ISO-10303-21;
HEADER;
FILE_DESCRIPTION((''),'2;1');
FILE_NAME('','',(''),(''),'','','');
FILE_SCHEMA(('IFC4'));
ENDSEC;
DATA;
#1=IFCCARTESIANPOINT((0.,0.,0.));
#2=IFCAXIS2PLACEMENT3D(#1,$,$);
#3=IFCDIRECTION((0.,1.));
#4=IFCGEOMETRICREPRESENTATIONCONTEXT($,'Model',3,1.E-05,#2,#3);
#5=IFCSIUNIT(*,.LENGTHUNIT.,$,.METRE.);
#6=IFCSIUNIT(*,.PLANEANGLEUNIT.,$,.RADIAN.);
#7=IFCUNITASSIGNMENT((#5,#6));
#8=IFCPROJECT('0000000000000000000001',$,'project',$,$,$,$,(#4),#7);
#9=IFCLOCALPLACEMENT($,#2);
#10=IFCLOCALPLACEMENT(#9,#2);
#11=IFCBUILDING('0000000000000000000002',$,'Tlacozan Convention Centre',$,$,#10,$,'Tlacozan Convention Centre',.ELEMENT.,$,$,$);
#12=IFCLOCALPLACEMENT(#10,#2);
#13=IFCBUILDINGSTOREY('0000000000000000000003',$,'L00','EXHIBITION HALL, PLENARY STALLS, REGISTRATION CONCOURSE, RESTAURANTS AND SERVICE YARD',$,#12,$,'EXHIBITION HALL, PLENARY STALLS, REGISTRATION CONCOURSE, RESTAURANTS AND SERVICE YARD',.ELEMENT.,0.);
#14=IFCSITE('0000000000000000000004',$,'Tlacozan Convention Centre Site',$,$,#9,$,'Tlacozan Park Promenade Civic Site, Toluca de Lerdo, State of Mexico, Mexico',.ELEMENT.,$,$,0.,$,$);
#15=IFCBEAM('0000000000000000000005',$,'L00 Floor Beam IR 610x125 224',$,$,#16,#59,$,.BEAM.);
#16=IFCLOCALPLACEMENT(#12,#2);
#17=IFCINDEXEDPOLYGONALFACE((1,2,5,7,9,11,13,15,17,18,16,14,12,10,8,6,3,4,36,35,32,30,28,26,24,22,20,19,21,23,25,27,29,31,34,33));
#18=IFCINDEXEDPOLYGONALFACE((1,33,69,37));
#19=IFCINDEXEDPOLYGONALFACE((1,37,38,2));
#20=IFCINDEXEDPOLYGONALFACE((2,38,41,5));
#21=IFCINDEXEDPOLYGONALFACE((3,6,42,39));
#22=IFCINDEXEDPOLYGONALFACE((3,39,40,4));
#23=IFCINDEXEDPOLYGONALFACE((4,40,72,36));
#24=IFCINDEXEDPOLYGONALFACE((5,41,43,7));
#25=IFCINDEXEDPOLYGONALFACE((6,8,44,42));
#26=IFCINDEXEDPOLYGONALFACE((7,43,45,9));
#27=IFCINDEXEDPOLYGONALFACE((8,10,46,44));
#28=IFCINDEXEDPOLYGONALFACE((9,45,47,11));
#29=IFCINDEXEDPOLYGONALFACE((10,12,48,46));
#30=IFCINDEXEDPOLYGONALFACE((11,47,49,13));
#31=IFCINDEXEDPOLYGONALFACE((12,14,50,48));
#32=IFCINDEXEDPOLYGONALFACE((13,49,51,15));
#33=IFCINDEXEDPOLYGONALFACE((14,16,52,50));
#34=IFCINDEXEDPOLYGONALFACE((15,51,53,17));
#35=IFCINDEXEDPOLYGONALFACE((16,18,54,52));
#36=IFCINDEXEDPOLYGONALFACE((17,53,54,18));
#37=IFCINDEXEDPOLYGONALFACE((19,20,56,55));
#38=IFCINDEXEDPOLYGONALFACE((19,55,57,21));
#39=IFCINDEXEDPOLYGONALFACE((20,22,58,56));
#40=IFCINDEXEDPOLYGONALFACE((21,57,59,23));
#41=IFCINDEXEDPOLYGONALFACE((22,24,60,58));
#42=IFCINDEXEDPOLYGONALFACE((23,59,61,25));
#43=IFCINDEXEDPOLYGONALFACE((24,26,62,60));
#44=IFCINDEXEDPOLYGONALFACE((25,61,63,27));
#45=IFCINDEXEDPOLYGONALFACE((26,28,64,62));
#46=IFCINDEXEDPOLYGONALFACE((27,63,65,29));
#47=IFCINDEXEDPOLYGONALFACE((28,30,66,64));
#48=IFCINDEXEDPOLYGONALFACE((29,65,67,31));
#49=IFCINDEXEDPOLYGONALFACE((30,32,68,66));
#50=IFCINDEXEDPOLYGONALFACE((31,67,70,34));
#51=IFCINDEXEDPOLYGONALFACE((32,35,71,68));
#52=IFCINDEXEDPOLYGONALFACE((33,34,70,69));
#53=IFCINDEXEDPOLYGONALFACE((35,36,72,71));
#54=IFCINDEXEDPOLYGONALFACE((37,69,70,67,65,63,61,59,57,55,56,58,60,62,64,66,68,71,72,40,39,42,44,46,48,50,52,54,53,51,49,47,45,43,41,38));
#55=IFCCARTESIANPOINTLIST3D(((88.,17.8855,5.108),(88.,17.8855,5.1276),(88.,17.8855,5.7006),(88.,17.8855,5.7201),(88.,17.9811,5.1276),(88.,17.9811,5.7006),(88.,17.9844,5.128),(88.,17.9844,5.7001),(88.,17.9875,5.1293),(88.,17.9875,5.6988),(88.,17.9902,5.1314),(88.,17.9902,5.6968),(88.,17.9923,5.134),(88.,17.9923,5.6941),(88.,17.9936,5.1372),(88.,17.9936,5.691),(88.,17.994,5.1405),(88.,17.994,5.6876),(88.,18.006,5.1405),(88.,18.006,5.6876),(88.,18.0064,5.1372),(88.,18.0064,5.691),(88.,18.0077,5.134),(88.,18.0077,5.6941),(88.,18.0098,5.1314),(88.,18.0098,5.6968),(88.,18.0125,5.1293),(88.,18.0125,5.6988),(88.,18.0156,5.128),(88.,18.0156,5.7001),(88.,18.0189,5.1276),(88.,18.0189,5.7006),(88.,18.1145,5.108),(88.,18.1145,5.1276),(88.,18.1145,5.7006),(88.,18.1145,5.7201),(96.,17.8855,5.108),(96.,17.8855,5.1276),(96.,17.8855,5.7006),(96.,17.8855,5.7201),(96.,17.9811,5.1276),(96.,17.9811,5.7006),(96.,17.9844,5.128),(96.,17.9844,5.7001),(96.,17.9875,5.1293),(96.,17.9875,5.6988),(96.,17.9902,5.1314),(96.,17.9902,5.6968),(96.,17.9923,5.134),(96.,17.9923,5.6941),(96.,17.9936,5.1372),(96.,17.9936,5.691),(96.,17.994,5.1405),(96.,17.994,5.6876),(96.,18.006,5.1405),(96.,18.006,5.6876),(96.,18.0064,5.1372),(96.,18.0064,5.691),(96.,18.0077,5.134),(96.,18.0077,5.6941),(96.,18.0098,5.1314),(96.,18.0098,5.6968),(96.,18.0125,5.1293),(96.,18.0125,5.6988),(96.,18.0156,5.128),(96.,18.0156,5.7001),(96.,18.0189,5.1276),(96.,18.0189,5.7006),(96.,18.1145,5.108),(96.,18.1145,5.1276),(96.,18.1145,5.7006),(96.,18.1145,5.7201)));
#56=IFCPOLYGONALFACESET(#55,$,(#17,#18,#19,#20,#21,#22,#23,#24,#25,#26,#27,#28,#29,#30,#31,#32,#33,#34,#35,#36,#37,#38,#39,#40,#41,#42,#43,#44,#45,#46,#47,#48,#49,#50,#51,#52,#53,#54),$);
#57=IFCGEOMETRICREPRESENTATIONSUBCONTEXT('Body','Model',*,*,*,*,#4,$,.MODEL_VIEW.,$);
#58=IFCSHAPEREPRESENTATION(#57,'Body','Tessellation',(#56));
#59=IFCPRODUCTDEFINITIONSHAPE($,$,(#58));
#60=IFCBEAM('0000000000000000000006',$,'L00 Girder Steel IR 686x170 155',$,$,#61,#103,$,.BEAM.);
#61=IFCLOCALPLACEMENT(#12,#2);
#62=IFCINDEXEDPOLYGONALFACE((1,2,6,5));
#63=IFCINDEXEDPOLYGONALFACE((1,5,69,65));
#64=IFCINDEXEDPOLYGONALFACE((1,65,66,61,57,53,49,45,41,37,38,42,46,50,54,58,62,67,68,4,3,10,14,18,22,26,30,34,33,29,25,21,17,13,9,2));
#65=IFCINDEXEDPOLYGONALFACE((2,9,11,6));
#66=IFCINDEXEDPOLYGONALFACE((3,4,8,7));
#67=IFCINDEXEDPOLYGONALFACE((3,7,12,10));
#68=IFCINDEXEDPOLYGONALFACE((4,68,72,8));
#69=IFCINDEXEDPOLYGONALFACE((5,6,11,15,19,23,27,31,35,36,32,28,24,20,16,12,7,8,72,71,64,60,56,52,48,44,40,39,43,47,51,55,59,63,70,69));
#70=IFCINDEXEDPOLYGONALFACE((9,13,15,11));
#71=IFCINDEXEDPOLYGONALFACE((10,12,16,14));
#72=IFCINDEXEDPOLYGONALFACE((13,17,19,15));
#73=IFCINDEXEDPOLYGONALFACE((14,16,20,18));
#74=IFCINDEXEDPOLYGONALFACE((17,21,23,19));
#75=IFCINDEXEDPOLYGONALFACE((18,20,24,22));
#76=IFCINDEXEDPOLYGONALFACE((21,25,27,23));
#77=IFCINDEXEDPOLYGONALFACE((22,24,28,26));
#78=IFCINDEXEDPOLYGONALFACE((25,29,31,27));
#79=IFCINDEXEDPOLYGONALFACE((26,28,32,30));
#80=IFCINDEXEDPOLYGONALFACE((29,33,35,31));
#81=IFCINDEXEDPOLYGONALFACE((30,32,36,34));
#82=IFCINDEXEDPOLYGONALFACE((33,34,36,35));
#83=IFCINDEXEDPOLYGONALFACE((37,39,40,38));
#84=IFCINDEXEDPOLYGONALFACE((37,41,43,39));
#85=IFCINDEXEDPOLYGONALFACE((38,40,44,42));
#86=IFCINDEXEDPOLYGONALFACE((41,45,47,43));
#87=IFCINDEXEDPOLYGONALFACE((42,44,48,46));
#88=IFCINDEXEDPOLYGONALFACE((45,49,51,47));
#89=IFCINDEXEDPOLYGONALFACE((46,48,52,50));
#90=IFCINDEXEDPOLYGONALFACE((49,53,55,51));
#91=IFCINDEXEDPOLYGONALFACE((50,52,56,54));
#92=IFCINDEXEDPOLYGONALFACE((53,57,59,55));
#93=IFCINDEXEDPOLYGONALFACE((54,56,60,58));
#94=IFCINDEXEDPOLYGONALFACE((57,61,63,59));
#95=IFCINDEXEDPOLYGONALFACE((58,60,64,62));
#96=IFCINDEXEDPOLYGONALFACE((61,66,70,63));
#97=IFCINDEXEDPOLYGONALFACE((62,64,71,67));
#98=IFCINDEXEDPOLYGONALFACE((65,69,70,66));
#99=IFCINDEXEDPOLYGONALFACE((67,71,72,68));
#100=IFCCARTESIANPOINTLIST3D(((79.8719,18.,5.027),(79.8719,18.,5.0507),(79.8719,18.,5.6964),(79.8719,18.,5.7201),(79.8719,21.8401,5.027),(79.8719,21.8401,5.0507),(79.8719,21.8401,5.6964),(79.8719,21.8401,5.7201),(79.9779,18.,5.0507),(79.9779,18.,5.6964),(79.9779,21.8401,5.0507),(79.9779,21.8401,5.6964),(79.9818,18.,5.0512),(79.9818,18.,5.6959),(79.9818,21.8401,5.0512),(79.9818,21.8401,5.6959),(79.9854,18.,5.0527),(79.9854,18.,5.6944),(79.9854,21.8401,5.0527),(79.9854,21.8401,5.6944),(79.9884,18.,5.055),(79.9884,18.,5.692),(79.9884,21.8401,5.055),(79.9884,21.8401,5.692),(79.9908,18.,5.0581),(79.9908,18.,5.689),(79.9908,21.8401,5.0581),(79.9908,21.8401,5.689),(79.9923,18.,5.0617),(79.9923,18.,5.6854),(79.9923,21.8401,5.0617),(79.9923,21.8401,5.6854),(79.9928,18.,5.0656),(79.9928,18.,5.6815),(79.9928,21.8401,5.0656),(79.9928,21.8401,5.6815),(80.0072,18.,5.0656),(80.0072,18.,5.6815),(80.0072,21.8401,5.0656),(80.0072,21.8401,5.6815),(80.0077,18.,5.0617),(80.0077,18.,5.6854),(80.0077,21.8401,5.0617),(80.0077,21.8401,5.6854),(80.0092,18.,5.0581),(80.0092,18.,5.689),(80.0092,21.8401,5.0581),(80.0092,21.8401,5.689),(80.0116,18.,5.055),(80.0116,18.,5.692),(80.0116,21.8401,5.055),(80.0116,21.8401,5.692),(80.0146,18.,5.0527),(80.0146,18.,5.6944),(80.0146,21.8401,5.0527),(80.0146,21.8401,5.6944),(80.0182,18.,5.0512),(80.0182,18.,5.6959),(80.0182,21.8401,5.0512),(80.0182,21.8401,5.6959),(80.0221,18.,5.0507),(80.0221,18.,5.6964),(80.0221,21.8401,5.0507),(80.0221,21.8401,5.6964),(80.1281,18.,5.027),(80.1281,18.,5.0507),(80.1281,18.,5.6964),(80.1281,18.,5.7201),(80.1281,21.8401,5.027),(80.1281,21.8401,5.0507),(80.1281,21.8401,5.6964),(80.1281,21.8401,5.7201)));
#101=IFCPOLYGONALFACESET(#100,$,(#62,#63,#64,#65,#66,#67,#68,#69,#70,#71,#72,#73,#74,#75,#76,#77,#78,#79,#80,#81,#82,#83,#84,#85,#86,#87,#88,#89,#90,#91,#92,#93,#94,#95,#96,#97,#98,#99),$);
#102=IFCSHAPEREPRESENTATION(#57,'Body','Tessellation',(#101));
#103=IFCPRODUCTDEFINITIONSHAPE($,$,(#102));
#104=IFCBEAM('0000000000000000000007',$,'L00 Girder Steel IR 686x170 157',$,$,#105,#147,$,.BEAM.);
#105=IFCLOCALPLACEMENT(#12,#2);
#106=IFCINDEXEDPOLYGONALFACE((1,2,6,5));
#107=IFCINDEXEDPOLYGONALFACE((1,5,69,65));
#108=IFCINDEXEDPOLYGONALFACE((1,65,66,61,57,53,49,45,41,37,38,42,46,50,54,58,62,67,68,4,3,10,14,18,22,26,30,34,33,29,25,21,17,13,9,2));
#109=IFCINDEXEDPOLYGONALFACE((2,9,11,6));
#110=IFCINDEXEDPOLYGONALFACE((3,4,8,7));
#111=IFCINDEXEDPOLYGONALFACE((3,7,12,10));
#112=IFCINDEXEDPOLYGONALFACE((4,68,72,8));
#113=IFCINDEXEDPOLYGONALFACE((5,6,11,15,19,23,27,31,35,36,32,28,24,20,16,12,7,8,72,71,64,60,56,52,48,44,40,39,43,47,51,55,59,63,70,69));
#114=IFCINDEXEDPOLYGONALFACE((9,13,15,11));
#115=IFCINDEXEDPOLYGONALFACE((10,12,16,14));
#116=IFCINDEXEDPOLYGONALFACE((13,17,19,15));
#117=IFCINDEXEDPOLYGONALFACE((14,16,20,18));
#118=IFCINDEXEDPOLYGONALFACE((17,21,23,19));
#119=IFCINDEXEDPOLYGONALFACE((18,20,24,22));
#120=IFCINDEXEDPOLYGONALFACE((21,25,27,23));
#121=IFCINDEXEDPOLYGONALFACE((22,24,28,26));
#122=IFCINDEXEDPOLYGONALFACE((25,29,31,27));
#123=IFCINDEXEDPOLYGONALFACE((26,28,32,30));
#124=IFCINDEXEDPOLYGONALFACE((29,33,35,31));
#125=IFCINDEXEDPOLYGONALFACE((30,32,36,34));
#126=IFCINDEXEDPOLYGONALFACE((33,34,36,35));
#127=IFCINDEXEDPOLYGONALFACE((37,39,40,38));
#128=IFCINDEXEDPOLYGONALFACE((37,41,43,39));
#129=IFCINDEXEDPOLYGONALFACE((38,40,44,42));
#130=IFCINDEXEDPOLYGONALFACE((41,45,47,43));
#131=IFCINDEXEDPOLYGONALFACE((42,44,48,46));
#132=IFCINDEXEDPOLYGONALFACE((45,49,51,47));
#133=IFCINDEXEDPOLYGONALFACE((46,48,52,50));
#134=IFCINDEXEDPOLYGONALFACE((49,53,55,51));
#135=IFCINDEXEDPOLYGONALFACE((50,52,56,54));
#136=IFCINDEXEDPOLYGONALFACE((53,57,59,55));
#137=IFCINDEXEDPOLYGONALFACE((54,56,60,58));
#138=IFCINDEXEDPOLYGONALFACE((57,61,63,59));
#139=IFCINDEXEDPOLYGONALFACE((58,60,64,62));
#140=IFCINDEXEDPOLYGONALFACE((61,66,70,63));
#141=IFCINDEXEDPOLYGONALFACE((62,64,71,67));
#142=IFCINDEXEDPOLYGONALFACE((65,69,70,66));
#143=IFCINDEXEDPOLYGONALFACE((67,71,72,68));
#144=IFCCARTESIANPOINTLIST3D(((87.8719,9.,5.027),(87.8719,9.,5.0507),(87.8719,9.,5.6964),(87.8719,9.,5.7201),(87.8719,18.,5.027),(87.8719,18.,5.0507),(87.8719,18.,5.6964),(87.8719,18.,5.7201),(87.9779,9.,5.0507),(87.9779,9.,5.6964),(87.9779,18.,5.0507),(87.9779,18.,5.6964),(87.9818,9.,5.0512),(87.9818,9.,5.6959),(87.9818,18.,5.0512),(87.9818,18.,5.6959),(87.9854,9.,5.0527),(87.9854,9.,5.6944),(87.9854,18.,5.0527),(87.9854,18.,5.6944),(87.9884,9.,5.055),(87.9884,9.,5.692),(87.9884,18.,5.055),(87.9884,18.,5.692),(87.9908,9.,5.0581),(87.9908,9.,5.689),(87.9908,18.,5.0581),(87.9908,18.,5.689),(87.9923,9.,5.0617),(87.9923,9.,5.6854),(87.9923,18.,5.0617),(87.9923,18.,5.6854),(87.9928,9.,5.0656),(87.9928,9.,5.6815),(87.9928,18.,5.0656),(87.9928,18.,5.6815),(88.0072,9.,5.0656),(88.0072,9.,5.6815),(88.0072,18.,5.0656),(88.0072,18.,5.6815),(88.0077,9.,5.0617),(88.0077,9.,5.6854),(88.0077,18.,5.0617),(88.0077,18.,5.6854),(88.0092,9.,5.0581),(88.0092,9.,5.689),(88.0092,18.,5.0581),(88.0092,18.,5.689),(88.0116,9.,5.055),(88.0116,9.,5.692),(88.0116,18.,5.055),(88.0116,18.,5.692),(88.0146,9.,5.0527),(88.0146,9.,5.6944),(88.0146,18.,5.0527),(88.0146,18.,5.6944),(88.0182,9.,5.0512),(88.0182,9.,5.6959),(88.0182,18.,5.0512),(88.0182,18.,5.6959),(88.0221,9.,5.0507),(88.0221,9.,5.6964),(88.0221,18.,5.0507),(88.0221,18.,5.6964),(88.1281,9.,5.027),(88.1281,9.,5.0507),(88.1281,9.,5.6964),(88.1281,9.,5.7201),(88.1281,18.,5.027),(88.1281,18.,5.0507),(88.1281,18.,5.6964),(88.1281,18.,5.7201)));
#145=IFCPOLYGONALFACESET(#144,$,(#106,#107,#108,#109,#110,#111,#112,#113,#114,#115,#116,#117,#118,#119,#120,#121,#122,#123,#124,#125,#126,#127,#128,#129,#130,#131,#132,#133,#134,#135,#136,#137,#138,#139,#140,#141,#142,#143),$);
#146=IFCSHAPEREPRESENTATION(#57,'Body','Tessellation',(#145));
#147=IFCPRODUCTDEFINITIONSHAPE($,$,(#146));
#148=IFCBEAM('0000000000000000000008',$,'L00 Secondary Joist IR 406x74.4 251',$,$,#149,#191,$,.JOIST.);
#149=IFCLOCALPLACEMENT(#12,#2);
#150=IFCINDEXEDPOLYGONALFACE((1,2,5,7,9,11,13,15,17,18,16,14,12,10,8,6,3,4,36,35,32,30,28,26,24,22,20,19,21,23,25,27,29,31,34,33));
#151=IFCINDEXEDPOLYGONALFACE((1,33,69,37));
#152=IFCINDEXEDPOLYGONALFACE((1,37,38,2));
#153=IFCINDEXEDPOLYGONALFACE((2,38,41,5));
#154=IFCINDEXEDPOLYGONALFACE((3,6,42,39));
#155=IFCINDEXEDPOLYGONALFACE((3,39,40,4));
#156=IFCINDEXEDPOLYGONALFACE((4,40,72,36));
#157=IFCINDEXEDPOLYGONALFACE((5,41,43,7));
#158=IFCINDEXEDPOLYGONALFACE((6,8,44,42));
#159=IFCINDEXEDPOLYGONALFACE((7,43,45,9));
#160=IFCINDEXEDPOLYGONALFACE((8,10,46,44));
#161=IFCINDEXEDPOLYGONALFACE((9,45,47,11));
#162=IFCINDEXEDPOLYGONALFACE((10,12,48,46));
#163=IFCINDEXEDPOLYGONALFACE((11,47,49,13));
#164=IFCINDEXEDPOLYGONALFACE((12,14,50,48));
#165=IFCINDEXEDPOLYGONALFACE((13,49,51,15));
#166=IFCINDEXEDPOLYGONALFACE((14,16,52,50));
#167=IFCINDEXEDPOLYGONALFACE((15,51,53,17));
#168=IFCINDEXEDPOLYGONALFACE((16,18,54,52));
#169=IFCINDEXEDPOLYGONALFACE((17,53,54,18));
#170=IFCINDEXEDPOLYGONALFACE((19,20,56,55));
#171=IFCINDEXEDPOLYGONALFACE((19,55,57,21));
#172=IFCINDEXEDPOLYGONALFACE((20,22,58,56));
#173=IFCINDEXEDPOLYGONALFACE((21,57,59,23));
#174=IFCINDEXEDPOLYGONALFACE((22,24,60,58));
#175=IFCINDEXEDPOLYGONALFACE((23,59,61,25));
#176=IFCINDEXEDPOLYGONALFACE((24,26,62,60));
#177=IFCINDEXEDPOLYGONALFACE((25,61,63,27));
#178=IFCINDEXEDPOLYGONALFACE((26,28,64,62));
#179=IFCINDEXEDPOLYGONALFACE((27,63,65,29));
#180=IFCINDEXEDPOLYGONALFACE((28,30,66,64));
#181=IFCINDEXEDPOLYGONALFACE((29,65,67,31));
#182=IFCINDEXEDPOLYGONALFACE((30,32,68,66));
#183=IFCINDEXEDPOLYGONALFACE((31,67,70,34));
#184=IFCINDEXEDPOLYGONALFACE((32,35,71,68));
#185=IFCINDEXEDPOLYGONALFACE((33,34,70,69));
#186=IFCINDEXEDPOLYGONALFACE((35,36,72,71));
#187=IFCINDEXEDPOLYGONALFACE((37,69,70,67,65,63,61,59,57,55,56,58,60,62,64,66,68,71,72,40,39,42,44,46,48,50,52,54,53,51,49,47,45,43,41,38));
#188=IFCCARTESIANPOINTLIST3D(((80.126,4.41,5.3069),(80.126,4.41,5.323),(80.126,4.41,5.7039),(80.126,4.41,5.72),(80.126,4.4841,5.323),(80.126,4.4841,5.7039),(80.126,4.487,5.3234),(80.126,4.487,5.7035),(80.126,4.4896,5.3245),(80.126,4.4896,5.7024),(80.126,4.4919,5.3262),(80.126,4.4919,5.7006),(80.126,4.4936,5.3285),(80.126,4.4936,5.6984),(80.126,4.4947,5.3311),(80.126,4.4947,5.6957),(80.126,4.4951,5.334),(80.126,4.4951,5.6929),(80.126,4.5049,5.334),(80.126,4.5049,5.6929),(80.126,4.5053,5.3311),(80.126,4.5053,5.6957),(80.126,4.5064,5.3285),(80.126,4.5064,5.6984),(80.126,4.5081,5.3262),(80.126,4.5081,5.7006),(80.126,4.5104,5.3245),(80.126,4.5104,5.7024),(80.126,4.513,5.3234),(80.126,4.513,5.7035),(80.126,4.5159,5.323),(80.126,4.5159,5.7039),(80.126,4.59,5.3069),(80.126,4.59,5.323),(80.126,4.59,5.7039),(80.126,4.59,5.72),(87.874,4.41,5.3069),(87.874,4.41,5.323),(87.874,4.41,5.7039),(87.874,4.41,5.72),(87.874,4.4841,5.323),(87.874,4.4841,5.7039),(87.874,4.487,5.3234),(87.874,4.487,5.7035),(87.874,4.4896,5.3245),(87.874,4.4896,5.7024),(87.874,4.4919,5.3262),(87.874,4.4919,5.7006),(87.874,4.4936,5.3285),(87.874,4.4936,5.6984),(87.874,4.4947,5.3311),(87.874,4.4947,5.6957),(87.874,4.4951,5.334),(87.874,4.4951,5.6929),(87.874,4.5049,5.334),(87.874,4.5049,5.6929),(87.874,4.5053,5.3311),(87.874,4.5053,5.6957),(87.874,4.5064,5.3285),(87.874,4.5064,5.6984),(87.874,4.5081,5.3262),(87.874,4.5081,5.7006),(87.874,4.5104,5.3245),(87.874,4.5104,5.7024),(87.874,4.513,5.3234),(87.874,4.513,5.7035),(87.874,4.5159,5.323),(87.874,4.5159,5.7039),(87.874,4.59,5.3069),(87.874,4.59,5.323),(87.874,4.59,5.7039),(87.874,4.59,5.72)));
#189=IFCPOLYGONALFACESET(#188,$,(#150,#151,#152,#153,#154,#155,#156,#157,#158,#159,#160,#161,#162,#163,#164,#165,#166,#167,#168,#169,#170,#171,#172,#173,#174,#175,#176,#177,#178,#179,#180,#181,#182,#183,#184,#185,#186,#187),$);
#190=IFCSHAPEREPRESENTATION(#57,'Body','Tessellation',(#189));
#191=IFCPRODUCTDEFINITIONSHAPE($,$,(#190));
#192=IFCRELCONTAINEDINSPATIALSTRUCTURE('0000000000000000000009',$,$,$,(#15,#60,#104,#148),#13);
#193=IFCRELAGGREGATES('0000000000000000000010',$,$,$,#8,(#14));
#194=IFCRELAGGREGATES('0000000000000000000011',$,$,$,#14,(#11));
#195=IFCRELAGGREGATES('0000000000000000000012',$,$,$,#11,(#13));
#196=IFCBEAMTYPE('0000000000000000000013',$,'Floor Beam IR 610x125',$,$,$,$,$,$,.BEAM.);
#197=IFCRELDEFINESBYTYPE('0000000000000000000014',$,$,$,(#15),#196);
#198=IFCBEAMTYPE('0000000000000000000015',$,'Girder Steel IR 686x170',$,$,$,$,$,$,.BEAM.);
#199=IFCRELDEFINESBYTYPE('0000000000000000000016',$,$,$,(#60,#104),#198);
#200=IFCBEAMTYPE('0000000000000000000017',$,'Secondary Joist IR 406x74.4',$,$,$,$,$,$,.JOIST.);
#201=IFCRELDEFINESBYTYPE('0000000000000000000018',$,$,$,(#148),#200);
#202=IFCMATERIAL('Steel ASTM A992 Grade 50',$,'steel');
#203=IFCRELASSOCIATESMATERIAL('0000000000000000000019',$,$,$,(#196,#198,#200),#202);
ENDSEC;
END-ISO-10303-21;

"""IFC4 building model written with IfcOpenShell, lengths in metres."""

from ifc_helpers import new_model, si_unit, direction, frame, origin, origin_2d, place, context, subcontext, project, spatial, i_section, extrude, material, material_profile, profile_set, type_object, element, save


model = new_model("IFC4")

# Units and contexts
model_context = context("Model", 3, precision=1e-05, world=origin(), true_north=direction((0.0, 1.0)))
body_context = subcontext(model_context, "Body", "Model", "MODEL_VIEW")
ifc_project = project(units=[si_unit("LENGTHUNIT", "METRE"), si_unit("PLANEANGLEUNIT", "RADIAN")], contexts=[model_context])

# Site, building, storey
site_placement = place(None, origin())
site = spatial("IfcSite", under=ifc_project, at=site_placement, Name="Tlacozan Convention Centre Site", LongName="Tlacozan Park Promenade Civic Site, Toluca de Lerdo, State of Mexico, Mexico", CompositionType="ELEMENT", RefElevation=0.0)
building_placement = place(site_placement, origin())
building = spatial("IfcBuilding", under=site, at=building_placement, Name="Tlacozan Convention Centre", LongName="Tlacozan Convention Centre", CompositionType="ELEMENT")
storey_placement = place(building_placement, origin())
storey = spatial("IfcBuildingStorey", under=building, at=storey_placement, Name="L00", Description="EXHIBITION HALL, PLENARY STALLS, REGISTRATION CONCOURSE, RESTAURANTS AND SERVICE YARD", LongName="EXHIBITION HALL, PLENARY STALLS, REGISTRATION CONCOURSE, RESTAURANTS AND SERVICE YARD", CompositionType="ELEMENT", Elevation=0.0)

# Beams
ifc_material_1 = material(Name="Steel ASTM A992 Grade 50", Category="steel")
ifc_material_profile_1 = material_profile(ifc_material_1, i_section(OverallWidth=0.229, OverallDepth=0.6121, WebThickness=0.012, FlangeThickness=0.0195, FilletRadius=0.0129, at=origin_2d()), Name="IR 610x125.0")
ifc_profile_set_1 = profile_set([ifc_material_profile_1], Name="Steel ASTM A992 Grade 50")
beam_type_1 = type_object("IfcBeamType", Name="Floor Beam IR 610x125", PredefinedType="BEAM", material=ifc_profile_set_1)
for number, where, z_axis, x_axis, name in (
    (1, (88.0, 18.0, 5.4141), (1.0, 0.0, 0.0), (0.0, 1.0, 0.0), "L00 Floor Beam IR 610x125 224"),
):
    element("IfcBeam", number, at=place(storey_placement, frame(where, z_axis=z_axis, x_axis=x_axis)), inside=storey, type_object=beam_type_1, Name=name, PredefinedType="BEAM", context=body_context, shape_type="SweptSolid", body=[
        extrude(i_section(OverallWidth=0.229, OverallDepth=0.6121, WebThickness=0.012, FlangeThickness=0.0195, FilletRadius=0.0129, at=origin_2d()), origin(), (0.0, 0.0, 1.0), 8.0),
    ])
ifc_material_profile_2 = material_profile(ifc_material_1, i_section(OverallWidth=0.2561, OverallDepth=0.6931, WebThickness=0.0144, FlangeThickness=0.0237, FilletRadius=0.0149, at=origin_2d()), Name="IR 686x170.0")
ifc_profile_set_2 = profile_set([ifc_material_profile_2], Name="Steel ASTM A992 Grade 50")
beam_type_2 = type_object("IfcBeamType", Name="Girder Steel IR 686x170", PredefinedType="BEAM", material=ifc_profile_set_2)
beam_1_placement = place(storey_placement, frame((80.0, 18.0, 5.3735), z_axis=(0.0, 1.0, 0.0), x_axis=(-1.0, 0.0, 0.0)))
element("IfcBeam", 2, at=beam_1_placement, inside=storey, type_object=beam_type_2, Name="L00 Girder Steel IR 686x170 155", PredefinedType="BEAM", context=body_context, shape_type="SweptSolid", body=[
    extrude(i_section(OverallWidth=0.2561, OverallDepth=0.6931, WebThickness=0.0144, FlangeThickness=0.0237, FilletRadius=0.0149, at=origin_2d()), origin(), (0.0, 0.0, 1.0), 3.8401),
])
beam_2_placement = place(storey_placement, frame((88.0, 9.0, 5.3735), z_axis=(0.0, 1.0, 0.0), x_axis=(-1.0, 0.0, 0.0)))
element("IfcBeam", 3, at=beam_2_placement, inside=storey, type_object=beam_type_2, Name="L00 Girder Steel IR 686x170 157", PredefinedType="BEAM", context=body_context, shape_type="SweptSolid", body=[
    extrude(i_section(OverallWidth=0.2561, OverallDepth=0.6931, WebThickness=0.0144, FlangeThickness=0.0237, FilletRadius=0.0149, at=origin_2d()), origin(), (0.0, 0.0, 1.0), 9.0),
])
ifc_material_profile_3 = material_profile(ifc_material_1, i_section(OverallWidth=0.1799, OverallDepth=0.4131, WebThickness=0.0098, FlangeThickness=0.0161, FilletRadius=0.011, at=origin_2d()), Name="IR 406x74.4")
ifc_profile_set_3 = profile_set([ifc_material_profile_3], Name="Steel ASTM A992 Grade 50")
beam_type_3 = type_object("IfcBeamType", Name="Secondary Joist IR 406x74.4", PredefinedType="JOIST", material=ifc_profile_set_3)
for number, where, z_axis, x_axis, name in (
    (4, (80.126, 4.5, 5.5134), (1.0, 0.0, 0.0), (0.0, 1.0, 0.0), "L00 Secondary Joist IR 406x74.4 251"),
):
    element("IfcBeam", number, at=place(storey_placement, frame(where, z_axis=z_axis, x_axis=x_axis)), inside=storey, type_object=beam_type_3, Name=name, PredefinedType="JOIST", context=body_context, shape_type="SweptSolid", body=[
        extrude(i_section(OverallWidth=0.1799, OverallDepth=0.4131, WebThickness=0.0098, FlangeThickness=0.0161, FilletRadius=0.011, at=origin_2d()), origin(), (0.0, 0.0, 1.0), 7.748),
    ])

save(model, "model.ifc")
